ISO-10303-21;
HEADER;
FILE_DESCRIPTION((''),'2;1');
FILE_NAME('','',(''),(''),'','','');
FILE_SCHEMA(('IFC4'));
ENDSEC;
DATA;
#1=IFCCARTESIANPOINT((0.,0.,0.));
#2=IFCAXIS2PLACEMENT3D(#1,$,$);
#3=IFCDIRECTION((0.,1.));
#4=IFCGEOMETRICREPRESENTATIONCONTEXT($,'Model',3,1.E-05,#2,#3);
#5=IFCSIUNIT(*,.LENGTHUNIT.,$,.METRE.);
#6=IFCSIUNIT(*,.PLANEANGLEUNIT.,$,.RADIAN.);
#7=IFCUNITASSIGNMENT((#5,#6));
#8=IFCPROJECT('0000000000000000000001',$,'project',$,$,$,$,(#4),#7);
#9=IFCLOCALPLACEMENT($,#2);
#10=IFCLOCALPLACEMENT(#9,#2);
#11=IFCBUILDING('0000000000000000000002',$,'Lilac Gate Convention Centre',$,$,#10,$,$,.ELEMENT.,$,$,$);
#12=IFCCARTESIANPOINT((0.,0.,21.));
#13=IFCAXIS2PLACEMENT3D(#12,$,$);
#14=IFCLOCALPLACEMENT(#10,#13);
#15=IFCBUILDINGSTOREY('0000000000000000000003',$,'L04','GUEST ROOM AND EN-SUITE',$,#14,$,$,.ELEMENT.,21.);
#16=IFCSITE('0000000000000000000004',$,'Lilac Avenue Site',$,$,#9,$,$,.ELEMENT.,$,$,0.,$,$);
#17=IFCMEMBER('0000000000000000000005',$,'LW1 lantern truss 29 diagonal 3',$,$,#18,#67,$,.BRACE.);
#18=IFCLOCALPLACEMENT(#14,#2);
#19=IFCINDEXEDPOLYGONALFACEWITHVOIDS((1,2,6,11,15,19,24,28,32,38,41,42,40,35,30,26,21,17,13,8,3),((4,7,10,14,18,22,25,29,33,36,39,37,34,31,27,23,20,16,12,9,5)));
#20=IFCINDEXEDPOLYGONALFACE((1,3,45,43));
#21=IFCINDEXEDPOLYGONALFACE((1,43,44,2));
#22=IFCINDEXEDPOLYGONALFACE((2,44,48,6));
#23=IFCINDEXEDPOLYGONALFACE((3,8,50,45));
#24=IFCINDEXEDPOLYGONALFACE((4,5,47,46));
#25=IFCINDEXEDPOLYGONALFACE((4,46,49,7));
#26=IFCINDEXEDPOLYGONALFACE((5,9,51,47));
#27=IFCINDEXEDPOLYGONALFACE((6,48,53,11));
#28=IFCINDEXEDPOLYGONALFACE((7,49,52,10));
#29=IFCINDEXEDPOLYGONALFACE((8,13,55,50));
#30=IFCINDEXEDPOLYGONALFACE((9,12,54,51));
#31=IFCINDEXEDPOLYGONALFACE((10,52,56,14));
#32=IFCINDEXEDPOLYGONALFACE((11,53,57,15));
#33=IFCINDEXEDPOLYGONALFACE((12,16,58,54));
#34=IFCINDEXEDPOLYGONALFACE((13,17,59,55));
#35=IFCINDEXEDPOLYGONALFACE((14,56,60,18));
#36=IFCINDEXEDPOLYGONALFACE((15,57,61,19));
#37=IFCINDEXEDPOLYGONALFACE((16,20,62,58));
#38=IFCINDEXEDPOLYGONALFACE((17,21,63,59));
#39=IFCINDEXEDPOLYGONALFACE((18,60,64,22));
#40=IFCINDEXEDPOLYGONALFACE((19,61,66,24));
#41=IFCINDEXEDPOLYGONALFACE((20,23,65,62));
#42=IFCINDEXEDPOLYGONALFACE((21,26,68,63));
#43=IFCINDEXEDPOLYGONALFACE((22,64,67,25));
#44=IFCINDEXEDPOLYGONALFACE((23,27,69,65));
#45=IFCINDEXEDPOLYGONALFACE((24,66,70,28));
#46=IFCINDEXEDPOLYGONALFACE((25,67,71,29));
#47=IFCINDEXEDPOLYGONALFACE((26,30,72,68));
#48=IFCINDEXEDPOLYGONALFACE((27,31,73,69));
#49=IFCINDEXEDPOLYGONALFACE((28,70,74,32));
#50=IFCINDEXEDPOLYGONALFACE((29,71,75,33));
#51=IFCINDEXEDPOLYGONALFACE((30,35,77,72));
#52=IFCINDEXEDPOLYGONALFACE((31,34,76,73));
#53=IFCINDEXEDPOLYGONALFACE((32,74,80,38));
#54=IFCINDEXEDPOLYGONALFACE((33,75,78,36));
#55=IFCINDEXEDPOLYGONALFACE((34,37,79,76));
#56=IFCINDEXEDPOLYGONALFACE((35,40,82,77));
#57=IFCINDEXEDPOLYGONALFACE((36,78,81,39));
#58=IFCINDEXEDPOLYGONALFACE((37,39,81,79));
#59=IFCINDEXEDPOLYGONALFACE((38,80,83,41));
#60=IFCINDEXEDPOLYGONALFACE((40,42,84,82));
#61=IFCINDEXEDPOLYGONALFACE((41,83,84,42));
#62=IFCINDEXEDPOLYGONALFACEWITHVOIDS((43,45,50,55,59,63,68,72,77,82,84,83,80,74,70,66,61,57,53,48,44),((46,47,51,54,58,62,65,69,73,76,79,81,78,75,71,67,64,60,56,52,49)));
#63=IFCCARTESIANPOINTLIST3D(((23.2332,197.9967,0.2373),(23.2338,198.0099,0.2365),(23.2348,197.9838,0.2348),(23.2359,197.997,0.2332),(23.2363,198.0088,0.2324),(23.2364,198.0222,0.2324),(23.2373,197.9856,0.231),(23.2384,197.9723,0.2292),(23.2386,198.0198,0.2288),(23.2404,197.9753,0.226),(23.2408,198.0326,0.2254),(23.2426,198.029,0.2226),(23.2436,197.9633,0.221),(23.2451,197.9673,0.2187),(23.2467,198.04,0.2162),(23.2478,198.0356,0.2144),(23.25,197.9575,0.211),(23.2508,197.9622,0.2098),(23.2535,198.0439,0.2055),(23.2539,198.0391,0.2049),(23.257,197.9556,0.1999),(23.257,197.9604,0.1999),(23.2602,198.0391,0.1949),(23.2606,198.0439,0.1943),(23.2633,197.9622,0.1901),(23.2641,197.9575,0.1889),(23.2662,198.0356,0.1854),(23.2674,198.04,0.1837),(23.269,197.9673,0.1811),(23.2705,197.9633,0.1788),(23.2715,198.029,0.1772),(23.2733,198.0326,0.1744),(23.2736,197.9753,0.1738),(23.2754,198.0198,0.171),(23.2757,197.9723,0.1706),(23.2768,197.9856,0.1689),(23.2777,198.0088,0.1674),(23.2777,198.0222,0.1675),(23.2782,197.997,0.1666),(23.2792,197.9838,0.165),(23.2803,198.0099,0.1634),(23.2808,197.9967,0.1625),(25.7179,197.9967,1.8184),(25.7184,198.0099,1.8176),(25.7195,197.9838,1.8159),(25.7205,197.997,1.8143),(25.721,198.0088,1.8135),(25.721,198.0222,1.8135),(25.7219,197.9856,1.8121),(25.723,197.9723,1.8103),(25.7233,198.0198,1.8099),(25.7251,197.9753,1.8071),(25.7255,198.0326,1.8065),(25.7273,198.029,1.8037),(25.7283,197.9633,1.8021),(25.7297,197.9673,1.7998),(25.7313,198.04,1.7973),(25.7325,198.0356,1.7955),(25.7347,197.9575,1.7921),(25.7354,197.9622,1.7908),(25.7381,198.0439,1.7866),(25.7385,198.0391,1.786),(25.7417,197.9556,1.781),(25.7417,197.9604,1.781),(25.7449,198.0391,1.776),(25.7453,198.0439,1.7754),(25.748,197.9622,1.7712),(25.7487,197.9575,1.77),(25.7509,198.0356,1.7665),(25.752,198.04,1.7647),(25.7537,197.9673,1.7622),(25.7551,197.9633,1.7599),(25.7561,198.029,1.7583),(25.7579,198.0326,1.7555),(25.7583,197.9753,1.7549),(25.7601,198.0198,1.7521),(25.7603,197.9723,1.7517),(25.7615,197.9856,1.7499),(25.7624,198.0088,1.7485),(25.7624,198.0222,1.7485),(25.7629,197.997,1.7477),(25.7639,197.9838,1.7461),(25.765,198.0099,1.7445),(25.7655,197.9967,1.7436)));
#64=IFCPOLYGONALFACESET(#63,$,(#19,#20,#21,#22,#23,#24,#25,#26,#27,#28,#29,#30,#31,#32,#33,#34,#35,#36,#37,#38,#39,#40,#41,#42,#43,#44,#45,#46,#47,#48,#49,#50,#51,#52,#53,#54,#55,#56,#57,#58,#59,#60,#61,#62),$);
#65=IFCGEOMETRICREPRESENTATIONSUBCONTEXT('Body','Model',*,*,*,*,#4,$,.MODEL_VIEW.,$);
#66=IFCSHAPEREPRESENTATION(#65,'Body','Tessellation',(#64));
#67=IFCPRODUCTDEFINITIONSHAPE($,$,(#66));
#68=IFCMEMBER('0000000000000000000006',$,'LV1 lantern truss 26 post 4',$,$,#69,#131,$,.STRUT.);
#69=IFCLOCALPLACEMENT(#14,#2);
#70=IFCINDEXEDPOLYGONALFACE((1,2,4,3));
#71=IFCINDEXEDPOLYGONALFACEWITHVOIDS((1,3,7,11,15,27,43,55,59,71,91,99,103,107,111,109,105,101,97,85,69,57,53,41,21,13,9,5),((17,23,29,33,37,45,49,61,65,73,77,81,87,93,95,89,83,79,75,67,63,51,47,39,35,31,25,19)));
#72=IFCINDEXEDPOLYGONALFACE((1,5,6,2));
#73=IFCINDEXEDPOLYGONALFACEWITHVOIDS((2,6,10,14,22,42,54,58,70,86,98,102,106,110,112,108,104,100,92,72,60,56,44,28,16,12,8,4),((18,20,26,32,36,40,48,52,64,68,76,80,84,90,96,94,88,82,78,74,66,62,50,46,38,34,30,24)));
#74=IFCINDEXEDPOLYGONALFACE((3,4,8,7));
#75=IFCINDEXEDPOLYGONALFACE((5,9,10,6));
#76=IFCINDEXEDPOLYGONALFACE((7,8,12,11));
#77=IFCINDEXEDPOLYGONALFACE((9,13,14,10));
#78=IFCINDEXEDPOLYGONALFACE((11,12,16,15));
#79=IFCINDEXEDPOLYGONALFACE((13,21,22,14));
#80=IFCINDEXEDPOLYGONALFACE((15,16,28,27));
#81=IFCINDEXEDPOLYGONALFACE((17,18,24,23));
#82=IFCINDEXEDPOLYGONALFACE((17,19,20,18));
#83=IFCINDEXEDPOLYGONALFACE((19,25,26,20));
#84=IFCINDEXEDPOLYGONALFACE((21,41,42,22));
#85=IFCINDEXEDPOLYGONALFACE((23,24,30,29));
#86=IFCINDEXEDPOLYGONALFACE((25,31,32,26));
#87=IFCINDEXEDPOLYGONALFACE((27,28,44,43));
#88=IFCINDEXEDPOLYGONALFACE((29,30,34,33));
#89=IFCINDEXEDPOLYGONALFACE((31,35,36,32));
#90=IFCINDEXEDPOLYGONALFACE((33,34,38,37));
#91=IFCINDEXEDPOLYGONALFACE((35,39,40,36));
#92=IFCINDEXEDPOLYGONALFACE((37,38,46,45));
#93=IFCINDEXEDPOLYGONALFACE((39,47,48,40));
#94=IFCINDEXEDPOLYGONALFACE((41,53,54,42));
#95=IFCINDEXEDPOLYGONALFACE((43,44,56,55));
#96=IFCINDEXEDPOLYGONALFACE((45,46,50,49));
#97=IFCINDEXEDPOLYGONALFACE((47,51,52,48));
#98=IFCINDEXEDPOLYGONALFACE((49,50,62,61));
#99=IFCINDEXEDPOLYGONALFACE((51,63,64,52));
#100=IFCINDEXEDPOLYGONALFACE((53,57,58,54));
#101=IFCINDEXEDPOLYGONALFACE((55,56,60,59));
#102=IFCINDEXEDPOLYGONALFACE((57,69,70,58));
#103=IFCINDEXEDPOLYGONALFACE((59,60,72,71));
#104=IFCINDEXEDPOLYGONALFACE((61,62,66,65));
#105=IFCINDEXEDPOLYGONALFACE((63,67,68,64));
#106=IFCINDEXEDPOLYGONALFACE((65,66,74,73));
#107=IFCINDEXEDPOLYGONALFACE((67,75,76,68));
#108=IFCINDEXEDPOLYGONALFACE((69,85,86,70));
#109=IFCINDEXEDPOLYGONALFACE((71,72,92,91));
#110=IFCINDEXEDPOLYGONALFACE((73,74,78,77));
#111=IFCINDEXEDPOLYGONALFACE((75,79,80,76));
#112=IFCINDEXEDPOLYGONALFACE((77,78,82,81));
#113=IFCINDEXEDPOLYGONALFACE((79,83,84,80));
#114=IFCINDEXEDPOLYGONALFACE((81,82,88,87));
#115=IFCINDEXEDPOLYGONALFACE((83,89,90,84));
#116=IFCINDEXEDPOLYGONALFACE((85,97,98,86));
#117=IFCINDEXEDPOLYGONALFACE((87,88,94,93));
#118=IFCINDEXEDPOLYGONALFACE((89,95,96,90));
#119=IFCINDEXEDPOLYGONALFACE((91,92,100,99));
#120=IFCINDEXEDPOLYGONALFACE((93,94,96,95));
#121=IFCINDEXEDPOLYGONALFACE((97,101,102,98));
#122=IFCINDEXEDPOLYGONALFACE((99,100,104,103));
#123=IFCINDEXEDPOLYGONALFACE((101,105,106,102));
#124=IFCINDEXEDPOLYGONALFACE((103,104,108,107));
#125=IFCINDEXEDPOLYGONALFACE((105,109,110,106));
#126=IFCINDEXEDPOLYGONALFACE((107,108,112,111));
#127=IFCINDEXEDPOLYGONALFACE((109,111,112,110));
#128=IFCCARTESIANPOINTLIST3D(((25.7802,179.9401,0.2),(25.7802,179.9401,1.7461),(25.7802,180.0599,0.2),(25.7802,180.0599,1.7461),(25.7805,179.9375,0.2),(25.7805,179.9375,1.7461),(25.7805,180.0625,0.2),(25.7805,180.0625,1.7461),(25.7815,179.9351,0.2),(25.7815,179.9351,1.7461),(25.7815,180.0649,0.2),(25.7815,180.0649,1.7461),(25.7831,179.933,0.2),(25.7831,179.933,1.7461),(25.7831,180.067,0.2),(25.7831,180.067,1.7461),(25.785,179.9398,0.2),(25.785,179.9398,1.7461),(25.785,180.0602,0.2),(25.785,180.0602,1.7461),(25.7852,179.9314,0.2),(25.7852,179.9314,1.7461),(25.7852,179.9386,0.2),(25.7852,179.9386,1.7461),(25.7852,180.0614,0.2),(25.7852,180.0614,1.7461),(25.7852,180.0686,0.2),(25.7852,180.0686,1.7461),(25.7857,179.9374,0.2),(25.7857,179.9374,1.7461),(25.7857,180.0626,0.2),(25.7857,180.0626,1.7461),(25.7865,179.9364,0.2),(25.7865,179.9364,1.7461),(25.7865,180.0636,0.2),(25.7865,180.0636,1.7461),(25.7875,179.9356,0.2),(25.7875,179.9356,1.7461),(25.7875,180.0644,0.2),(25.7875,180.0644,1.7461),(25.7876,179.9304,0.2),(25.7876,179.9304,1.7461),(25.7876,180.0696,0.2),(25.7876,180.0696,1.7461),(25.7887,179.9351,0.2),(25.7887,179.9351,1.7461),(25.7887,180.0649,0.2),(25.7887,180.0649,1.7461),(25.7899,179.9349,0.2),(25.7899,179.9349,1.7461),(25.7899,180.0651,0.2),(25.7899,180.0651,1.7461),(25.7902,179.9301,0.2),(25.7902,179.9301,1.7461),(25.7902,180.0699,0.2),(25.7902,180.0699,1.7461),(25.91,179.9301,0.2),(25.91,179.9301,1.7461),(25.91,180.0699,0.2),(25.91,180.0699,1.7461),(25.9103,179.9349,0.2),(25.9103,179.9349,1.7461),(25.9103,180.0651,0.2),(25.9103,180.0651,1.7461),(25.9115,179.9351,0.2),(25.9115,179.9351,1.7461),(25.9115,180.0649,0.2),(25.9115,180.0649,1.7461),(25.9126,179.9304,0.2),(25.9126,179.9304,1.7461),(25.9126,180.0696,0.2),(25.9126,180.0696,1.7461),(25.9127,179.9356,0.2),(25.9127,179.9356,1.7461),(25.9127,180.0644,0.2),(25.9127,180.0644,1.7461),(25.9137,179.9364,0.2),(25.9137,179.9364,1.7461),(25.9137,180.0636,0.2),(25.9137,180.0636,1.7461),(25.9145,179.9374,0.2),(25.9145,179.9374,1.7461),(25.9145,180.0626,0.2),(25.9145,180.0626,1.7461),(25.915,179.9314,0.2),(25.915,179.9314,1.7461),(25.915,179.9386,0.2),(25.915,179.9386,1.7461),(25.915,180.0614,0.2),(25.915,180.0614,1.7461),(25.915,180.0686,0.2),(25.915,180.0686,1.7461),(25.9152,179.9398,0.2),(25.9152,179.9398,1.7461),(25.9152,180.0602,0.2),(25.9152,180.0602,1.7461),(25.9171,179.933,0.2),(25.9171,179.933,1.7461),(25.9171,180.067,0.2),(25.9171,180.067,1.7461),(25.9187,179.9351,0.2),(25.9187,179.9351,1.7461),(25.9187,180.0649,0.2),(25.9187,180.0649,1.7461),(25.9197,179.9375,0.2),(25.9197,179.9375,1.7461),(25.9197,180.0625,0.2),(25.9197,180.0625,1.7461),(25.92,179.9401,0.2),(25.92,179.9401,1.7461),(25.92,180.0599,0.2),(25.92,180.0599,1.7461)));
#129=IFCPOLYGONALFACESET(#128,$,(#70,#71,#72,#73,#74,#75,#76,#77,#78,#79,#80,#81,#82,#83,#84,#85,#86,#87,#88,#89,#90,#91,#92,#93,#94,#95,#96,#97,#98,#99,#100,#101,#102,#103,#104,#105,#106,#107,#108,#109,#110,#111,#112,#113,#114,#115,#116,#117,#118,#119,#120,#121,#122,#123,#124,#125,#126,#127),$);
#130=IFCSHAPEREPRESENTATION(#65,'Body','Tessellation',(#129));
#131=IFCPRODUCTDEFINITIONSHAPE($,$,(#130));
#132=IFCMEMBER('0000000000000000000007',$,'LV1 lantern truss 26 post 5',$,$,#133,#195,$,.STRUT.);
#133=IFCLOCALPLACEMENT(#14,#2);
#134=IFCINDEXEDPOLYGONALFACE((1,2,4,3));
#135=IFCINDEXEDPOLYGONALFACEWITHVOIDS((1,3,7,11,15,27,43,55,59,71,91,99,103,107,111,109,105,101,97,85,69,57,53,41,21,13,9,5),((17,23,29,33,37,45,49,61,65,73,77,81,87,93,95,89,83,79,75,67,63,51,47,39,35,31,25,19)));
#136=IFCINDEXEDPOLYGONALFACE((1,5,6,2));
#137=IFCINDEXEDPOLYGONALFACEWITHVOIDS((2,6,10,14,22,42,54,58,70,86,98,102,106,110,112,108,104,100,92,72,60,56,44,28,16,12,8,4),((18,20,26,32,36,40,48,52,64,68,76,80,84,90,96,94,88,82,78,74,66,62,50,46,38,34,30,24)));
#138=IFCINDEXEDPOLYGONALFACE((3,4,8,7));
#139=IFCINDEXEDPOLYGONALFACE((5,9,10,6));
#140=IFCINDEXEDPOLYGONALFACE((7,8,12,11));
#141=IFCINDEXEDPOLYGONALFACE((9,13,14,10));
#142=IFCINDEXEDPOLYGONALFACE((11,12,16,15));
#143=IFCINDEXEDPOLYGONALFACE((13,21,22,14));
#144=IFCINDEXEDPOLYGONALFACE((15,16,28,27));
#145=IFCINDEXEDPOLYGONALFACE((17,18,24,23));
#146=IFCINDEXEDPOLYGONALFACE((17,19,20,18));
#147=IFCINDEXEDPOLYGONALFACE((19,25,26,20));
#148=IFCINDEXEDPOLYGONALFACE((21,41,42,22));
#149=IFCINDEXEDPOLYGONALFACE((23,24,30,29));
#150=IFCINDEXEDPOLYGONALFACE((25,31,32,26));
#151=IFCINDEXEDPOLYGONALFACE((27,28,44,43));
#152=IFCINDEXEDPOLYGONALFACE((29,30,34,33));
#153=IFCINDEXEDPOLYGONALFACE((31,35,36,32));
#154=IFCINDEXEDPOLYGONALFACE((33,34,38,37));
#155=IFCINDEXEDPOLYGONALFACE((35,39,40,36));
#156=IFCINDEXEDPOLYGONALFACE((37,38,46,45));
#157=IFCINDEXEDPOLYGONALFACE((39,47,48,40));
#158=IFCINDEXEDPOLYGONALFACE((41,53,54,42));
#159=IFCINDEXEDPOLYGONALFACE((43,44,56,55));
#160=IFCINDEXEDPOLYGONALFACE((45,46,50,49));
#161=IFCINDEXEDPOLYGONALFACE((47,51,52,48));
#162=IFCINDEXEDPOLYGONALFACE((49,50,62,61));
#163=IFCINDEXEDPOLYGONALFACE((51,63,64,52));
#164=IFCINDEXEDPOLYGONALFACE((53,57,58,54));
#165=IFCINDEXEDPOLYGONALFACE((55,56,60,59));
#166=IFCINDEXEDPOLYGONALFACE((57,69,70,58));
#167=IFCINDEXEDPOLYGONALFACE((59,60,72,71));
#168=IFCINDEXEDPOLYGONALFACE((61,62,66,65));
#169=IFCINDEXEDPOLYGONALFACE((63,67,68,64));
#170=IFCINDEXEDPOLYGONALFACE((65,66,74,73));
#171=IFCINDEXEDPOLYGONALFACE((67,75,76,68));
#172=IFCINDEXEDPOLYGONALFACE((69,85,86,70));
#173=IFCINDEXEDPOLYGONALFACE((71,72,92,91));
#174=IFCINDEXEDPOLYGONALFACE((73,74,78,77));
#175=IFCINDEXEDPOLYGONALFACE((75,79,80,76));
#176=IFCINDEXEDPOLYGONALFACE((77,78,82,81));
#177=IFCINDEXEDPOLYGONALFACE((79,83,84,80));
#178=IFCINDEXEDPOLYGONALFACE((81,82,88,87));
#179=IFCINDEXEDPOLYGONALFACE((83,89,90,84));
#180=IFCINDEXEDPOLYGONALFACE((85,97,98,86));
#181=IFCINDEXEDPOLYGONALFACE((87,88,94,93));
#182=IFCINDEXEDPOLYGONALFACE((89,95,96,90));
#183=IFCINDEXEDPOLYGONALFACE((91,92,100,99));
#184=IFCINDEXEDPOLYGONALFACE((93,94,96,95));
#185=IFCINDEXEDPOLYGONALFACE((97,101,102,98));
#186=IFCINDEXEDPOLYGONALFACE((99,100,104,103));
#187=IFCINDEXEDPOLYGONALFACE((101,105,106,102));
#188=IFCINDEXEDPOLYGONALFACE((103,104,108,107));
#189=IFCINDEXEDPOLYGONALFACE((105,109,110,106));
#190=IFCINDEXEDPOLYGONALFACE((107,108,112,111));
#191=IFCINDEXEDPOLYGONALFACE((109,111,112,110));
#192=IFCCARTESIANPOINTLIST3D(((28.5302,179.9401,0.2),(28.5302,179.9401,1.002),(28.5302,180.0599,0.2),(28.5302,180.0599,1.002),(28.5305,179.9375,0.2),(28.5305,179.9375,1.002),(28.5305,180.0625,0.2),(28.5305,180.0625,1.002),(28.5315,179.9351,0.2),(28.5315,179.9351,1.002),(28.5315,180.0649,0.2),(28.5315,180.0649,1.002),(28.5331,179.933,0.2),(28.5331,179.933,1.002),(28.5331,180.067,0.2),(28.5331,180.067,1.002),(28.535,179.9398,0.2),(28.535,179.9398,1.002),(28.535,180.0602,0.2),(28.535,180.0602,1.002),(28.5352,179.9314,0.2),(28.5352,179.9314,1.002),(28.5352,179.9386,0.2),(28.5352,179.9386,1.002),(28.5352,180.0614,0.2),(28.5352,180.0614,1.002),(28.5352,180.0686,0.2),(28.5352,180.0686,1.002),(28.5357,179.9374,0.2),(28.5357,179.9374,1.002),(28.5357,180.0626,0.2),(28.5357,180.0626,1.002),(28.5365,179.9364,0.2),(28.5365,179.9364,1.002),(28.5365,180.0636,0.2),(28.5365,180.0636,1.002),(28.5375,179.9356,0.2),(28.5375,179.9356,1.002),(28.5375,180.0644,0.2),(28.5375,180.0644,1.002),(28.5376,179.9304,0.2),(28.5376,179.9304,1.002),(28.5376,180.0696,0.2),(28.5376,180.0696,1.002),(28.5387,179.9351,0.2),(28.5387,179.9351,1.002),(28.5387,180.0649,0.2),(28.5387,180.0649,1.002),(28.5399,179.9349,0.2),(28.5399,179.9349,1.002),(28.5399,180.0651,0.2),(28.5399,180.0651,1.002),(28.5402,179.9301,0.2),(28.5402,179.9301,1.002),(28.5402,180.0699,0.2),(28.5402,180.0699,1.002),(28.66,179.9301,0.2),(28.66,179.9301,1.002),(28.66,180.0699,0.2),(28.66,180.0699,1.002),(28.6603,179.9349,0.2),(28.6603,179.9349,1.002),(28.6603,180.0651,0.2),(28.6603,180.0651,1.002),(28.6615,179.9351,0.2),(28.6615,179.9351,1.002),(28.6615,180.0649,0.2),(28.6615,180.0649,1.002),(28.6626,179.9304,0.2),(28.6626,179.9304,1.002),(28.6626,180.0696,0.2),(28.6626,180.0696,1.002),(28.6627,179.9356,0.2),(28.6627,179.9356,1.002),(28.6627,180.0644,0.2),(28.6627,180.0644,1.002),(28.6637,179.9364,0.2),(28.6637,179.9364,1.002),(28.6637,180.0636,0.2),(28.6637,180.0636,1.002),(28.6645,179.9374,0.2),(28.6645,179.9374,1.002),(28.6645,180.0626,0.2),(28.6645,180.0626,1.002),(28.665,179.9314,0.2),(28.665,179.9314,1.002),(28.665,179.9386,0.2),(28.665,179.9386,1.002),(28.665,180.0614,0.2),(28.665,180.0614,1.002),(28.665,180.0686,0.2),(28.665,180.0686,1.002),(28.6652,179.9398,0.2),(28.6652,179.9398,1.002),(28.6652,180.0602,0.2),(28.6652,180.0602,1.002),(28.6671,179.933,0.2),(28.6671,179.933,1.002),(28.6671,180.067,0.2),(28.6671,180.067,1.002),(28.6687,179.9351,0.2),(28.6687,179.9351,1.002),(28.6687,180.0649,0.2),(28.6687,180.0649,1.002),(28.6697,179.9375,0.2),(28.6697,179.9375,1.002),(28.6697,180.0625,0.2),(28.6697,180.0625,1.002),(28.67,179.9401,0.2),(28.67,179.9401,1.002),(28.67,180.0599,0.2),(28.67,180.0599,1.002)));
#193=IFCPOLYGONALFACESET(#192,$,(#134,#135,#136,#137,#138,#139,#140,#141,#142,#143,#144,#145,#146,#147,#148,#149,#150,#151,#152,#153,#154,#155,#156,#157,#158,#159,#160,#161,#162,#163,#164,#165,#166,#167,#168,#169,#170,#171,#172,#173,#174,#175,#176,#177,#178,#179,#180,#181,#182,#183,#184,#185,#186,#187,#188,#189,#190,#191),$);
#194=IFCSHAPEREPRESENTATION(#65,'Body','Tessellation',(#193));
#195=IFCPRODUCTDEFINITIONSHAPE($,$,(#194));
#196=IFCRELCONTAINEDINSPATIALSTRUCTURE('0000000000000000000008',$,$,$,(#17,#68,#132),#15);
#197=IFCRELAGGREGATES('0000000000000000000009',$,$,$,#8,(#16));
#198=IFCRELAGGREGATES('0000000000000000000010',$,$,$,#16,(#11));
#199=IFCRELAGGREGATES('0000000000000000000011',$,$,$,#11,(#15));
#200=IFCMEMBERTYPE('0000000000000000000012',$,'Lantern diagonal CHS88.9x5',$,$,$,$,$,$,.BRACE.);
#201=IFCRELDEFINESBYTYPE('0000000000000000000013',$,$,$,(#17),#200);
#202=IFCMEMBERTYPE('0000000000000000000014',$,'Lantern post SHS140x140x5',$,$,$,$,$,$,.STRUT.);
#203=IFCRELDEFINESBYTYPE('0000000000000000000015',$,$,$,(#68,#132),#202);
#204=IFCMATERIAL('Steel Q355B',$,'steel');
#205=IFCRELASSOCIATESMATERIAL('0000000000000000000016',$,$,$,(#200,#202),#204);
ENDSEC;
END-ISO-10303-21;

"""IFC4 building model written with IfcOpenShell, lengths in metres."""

from ifc_helpers import new_model, si_unit, direction, frame, origin, origin_2d, place, context, subcontext, project, spatial, hollow_rectangle, hollow_circle, extrude, material, material_profile, profile_set, type_object, element, save


model = new_model("IFC4")

# Units and contexts
model_context = context("Model", 3, precision=1e-05, world=origin(), true_north=direction((0.0, 1.0)))
body_context = subcontext(model_context, "Body", "Model", "MODEL_VIEW")
ifc_project = project(units=[si_unit("LENGTHUNIT", "METRE"), si_unit("PLANEANGLEUNIT", "RADIAN")], contexts=[model_context])

# Site, building, storey
site_placement = place(None, origin())
site = spatial("IfcSite", under=ifc_project, at=site_placement, Name="Lilac Avenue Site", CompositionType="ELEMENT", RefElevation=0.0)
building_placement = place(site_placement, origin())
building = spatial("IfcBuilding", under=site, at=building_placement, Name="Lilac Gate Convention Centre", CompositionType="ELEMENT")
storey_placement = place(building_placement, frame((0.0, 0.0, 21.0)))
storey = spatial("IfcBuildingStorey", under=building, at=storey_placement, Name="L04", Description="GUEST ROOM AND EN-SUITE", CompositionType="ELEMENT", Elevation=21.0)

# Members
ifc_material_1 = material(Name="Steel Q355B", Category="steel")
ifc_material_profile_1 = material_profile(ifc_material_1, hollow_circle(Radius=0.0444, WallThickness=0.0049, at=origin_2d()), Name="CHS88.9x5")
ifc_profile_set_1 = profile_set([ifc_material_profile_1], Name="Steel Q355B")
member_type_1 = type_object("IfcMemberType", Name="Lantern diagonal CHS88.9x5", PredefinedType="BRACE", material=ifc_profile_set_1)
member_1_placement = place(storey_placement, frame((25.7417, 198.0, 1.781), z_axis=(-0.843672, 0.0, -0.536859), x_axis=(0.0, -1.0, 0.0)))
element("IfcMember", 1, at=member_1_placement, inside=storey, type_object=member_type_1, Name="LW1 lantern truss 29 diagonal 3", PredefinedType="BRACE", context=body_context, shape_type="SweptSolid", body=[
    extrude(hollow_circle(Radius=0.0444, WallThickness=0.0049, at=origin_2d()), origin(), (0.0, 0.0, 1.0), 2.9451),
])
ifc_material_profile_2 = material_profile(ifc_material_1, hollow_rectangle(XDim=0.1399, YDim=0.1399, WallThickness=0.0049, InnerFilletRadius=0.0049, OuterFilletRadius=0.01, at=origin_2d()), Name="SHS140x140x5")
ifc_profile_set_2 = profile_set([ifc_material_profile_2], Name="Steel Q355B")
member_type_2 = type_object("IfcMemberType", Name="Lantern post SHS140x140x5", PredefinedType="STRUT", material=ifc_profile_set_2)
member_2_placement = place(storey_placement, frame((25.8501, 180.0, 0.2), z_axis=(0.0, 0.0, 1.0), x_axis=(1.0, 0.0, 0.0)))
element("IfcMember", 2, at=member_2_placement, inside=storey, type_object=member_type_2, Name="LV1 lantern truss 26 post 4", PredefinedType="STRUT", context=body_context, shape_type="SweptSolid", body=[
    extrude(hollow_rectangle(XDim=0.1399, YDim=0.1399, WallThickness=0.0049, InnerFilletRadius=0.0049, OuterFilletRadius=0.01, at=origin_2d()), origin(), (0.0, 0.0, 1.0), 1.5461),
])
member_3_placement = place(storey_placement, frame((28.6001, 180.0, 0.2), z_axis=(0.0, 0.0, 1.0), x_axis=(1.0, 0.0, 0.0)))
element("IfcMember", 3, at=member_3_placement, inside=storey, type_object=member_type_2, Name="LV1 lantern truss 26 post 5", PredefinedType="STRUT", context=body_context, shape_type="SweptSolid", body=[
    extrude(hollow_rectangle(XDim=0.1399, YDim=0.1399, WallThickness=0.0049, InnerFilletRadius=0.0049, OuterFilletRadius=0.01, at=origin_2d()), origin(), (0.0, 0.0, 1.0), 0.802),
])

save(model, "model.ifc")
